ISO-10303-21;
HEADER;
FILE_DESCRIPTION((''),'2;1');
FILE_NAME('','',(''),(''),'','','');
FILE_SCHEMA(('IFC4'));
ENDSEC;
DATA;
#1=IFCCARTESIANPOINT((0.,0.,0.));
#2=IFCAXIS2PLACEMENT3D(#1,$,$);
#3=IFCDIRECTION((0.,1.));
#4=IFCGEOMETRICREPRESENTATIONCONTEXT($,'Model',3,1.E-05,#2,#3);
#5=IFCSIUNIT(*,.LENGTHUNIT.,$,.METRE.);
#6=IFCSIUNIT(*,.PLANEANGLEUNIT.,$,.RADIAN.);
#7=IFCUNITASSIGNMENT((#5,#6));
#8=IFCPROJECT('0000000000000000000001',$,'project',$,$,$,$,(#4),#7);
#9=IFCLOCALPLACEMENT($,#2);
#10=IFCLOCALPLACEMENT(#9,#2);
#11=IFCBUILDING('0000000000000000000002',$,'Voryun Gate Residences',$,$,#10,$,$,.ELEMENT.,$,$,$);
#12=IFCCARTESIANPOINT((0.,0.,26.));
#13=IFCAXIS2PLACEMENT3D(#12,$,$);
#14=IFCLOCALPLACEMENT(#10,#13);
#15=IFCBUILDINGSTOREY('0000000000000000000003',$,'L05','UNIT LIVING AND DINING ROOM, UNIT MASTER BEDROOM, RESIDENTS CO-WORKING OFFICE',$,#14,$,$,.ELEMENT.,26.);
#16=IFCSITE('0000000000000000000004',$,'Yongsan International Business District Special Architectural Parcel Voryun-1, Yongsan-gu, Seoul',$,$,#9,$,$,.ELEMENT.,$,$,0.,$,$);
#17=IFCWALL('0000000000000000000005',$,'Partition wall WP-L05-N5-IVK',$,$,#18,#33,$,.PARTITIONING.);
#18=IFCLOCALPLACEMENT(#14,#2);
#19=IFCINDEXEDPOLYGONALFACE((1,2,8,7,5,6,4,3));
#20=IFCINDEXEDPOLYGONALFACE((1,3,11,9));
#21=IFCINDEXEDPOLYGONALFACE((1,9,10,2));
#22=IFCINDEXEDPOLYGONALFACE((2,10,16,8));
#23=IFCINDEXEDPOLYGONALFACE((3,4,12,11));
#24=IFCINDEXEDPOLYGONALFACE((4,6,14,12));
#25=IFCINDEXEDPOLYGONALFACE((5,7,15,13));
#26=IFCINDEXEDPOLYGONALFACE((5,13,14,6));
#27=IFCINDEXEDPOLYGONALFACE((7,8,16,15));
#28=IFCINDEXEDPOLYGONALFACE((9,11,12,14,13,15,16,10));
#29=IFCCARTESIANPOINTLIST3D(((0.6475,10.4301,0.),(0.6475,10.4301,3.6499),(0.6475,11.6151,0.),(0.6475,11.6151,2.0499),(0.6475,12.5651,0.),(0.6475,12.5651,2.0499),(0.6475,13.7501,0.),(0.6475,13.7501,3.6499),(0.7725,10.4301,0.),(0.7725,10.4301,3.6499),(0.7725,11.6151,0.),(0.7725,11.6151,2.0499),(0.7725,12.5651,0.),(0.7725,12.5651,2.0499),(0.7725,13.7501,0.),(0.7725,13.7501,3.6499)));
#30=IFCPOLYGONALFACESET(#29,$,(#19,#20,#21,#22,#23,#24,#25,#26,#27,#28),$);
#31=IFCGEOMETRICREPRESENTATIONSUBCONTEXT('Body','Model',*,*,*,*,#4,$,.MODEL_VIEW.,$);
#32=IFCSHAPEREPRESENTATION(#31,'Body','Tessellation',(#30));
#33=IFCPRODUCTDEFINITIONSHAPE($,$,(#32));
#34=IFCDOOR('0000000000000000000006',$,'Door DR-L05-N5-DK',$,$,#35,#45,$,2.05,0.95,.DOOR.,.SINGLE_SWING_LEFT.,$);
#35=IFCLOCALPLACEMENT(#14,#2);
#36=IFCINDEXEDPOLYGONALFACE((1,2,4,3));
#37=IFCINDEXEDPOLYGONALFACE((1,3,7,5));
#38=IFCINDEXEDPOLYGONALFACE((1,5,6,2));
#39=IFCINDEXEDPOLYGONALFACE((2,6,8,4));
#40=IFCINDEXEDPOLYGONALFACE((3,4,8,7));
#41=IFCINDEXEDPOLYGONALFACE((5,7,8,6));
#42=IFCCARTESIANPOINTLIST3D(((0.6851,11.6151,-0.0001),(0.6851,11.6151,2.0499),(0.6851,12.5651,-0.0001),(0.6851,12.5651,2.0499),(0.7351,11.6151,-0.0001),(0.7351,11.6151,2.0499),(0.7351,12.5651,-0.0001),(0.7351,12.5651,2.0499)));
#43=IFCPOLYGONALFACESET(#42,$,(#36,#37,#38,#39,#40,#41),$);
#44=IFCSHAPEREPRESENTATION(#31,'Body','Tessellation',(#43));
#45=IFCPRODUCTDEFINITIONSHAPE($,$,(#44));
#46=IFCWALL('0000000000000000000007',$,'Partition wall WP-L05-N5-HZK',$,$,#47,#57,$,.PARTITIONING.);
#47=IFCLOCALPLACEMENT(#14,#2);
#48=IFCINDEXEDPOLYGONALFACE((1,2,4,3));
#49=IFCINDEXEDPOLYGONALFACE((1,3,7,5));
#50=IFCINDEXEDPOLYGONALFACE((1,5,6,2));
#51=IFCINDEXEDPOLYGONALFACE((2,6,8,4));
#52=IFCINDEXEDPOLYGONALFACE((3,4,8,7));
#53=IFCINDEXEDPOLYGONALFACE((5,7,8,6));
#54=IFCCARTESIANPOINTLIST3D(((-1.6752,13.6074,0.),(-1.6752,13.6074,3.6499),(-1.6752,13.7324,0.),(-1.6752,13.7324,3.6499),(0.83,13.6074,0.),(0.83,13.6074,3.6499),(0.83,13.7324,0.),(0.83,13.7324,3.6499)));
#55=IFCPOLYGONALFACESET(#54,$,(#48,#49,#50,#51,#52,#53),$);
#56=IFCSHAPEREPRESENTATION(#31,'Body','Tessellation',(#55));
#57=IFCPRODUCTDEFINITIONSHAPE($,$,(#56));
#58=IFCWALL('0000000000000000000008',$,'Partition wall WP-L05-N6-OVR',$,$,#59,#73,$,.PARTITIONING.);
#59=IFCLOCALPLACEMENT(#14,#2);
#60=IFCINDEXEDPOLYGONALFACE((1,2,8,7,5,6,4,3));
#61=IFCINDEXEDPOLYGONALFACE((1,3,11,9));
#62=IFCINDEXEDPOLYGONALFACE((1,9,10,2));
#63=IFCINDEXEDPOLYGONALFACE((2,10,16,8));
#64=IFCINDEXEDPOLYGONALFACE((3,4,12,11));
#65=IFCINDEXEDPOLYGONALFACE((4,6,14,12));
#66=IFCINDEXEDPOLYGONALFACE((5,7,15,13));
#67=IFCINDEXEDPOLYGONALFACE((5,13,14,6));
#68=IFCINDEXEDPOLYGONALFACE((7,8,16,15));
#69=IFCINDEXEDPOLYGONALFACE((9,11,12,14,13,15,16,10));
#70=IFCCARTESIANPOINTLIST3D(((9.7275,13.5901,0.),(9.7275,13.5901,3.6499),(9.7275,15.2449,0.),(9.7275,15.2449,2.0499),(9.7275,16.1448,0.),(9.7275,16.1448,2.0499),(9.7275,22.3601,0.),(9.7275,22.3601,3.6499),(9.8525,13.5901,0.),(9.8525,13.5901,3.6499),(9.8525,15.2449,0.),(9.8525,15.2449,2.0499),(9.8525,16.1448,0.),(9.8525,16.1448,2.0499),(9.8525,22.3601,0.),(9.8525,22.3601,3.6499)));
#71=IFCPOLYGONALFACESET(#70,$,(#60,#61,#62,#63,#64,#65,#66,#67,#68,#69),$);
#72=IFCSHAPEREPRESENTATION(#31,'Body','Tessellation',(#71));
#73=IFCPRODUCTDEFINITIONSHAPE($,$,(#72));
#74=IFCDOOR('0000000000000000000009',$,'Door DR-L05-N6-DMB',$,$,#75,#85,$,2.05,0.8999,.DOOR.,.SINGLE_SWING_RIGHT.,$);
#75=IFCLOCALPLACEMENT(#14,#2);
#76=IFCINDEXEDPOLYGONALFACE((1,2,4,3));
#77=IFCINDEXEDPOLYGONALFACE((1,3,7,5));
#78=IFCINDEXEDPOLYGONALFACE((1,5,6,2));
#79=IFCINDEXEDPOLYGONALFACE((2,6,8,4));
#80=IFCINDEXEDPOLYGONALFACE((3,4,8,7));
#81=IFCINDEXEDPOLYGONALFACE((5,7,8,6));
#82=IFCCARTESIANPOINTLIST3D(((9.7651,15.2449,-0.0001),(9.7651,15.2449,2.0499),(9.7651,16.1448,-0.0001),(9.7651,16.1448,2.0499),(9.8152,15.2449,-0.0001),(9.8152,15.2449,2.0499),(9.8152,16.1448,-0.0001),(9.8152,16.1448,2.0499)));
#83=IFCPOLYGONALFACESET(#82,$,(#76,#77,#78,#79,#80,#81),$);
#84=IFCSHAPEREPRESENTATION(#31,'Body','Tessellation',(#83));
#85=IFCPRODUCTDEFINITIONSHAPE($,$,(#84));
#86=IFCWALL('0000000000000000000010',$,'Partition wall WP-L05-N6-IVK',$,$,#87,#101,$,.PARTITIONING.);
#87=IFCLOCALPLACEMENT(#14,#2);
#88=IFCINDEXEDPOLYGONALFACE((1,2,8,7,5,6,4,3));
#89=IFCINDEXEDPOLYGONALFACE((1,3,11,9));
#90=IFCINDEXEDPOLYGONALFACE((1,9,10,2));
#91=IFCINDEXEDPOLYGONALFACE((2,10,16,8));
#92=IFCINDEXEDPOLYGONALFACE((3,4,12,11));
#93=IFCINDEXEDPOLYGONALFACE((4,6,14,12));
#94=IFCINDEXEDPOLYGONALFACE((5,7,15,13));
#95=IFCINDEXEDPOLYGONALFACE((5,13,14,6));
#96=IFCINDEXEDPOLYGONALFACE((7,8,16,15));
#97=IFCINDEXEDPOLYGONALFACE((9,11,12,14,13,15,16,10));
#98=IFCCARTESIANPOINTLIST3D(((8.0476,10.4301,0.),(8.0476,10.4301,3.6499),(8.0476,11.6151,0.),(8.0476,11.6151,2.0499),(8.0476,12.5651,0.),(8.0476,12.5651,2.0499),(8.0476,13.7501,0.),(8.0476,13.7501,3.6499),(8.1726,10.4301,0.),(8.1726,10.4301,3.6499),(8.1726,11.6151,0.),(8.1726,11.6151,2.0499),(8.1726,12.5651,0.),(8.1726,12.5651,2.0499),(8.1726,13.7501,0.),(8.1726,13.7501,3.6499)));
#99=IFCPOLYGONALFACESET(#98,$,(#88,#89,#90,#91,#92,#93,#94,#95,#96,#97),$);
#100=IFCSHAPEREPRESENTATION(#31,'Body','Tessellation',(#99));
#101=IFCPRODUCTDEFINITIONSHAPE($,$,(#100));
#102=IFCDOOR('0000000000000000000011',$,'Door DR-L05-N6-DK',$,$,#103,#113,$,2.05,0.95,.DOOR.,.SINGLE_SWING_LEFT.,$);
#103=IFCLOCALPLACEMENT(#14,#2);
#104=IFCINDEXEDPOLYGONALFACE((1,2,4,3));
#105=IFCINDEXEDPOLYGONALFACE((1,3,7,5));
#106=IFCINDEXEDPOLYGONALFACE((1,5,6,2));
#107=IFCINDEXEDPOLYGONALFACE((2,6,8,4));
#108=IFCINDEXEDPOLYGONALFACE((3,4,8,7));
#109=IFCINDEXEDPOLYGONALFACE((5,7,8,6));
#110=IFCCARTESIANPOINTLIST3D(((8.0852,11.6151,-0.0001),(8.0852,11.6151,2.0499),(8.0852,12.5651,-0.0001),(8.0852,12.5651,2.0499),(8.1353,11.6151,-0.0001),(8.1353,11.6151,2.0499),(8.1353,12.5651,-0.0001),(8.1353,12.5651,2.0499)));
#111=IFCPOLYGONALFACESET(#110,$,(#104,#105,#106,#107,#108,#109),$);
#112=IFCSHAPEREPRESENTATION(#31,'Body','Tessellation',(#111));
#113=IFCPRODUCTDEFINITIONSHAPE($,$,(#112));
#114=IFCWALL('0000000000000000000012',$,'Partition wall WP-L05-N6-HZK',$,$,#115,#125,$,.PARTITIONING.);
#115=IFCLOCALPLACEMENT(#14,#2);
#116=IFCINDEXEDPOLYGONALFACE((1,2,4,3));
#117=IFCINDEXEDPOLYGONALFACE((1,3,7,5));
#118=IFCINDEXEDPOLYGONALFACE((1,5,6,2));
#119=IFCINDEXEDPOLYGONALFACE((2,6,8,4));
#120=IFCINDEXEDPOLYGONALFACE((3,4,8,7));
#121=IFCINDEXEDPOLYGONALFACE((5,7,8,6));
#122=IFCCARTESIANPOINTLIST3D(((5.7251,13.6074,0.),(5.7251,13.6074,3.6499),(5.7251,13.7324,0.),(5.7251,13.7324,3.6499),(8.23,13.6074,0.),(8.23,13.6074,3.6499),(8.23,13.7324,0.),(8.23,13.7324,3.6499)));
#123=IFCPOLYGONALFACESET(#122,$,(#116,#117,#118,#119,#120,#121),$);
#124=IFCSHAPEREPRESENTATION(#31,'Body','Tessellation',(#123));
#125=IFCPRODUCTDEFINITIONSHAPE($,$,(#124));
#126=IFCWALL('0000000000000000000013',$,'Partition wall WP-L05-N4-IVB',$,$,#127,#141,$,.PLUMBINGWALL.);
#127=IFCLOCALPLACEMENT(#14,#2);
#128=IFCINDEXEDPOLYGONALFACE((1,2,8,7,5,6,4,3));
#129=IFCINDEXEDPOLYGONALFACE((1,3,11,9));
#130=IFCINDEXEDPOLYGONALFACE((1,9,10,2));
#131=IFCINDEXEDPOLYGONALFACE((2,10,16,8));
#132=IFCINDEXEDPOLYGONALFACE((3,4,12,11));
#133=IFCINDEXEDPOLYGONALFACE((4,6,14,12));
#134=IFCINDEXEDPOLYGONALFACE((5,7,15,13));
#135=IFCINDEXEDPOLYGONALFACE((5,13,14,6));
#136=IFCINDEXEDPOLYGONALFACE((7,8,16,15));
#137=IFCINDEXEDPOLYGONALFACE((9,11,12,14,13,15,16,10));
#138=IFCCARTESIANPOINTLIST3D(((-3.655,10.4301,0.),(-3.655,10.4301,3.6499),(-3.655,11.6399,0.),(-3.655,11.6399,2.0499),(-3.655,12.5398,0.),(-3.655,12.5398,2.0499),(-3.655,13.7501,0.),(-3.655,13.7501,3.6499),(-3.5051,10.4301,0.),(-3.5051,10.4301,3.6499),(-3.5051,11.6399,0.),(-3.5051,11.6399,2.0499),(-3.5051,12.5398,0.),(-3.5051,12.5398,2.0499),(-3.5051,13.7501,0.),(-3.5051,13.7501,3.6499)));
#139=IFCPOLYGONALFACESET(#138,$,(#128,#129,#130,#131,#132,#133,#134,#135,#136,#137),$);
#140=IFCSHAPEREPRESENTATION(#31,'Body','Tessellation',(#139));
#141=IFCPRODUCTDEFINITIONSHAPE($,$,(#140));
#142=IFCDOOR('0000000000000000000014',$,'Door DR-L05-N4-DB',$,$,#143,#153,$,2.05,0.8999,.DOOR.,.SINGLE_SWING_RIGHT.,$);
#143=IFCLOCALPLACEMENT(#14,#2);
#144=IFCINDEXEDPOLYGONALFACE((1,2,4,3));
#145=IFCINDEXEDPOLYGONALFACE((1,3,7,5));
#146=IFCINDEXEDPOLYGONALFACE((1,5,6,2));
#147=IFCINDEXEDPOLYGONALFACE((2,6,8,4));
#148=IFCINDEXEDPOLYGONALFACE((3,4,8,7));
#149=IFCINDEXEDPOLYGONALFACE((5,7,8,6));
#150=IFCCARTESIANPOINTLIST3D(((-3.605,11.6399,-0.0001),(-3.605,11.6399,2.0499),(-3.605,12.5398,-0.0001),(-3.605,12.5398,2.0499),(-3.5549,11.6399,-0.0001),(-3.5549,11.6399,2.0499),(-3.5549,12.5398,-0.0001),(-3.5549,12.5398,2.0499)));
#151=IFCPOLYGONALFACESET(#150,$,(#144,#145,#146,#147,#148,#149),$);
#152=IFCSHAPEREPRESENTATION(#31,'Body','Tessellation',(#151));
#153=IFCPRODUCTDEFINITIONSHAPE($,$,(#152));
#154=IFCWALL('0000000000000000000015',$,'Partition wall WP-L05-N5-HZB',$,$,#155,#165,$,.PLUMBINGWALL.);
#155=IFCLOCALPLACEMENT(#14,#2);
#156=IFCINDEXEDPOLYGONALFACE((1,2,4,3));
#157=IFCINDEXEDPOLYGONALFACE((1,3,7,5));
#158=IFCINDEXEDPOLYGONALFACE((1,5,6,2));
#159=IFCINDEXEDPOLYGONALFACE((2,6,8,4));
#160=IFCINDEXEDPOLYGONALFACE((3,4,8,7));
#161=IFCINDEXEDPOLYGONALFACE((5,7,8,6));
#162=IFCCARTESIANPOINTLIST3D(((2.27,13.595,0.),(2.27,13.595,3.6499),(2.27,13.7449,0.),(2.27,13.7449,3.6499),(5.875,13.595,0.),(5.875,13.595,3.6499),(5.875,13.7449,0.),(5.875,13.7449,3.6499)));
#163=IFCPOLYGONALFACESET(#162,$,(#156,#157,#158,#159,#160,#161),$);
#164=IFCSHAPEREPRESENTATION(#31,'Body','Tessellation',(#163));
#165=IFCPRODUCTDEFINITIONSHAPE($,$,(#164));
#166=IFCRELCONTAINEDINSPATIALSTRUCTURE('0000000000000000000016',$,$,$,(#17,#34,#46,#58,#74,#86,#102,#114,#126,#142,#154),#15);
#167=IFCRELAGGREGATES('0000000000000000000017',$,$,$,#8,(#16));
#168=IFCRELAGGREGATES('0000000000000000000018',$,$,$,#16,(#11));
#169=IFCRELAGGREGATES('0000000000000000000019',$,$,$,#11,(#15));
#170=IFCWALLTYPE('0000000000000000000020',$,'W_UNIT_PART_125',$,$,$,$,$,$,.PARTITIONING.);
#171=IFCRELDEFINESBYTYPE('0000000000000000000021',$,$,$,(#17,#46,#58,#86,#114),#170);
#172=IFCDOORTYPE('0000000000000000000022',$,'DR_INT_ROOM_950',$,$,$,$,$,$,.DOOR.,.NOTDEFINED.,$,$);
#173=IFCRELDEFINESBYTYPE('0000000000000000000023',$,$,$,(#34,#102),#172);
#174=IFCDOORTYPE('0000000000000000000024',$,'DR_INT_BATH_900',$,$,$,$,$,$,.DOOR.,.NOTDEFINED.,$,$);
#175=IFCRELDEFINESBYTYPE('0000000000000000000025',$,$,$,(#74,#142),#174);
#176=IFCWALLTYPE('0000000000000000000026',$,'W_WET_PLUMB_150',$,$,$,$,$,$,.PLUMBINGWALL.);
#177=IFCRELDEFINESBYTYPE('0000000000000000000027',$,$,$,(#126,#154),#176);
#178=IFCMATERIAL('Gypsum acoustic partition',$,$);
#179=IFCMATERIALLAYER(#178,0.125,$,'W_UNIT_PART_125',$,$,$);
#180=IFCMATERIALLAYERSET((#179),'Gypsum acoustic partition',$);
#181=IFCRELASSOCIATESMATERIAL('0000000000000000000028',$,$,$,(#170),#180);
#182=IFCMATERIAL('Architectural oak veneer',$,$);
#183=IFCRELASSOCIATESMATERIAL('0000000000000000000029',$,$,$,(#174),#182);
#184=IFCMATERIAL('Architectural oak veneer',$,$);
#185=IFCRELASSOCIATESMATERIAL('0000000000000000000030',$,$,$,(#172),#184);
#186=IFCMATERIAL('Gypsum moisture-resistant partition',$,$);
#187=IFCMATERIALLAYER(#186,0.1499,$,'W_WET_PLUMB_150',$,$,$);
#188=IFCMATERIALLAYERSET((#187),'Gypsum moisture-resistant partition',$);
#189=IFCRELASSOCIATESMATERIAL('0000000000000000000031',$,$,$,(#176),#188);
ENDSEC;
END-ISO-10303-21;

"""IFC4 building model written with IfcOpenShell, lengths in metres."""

from ifc_helpers import new_model, si_unit, direction, frame, frame_2d, origin, place, context, subcontext, project, spatial, rectangle, extrude, material, layer, layer_set, type_object, element, fill, save


model = new_model("IFC4")

# Units and contexts
model_context = context("Model", 3, precision=1e-05, world=origin(), true_north=direction((0.0, 1.0)))
body_context = subcontext(model_context, "Body", "Model", "MODEL_VIEW")
ifc_project = project(units=[si_unit("LENGTHUNIT", "METRE"), si_unit("PLANEANGLEUNIT", "RADIAN")], contexts=[model_context])

# Site, building, storey
site_placement = place(None, origin())
site = spatial("IfcSite", under=ifc_project, at=site_placement, Name="Yongsan International Business District Special Architectural Parcel Voryun-1, Yongsan-gu, Seoul", CompositionType="ELEMENT", RefElevation=0.0)
building_placement = place(site_placement, origin())
building = spatial("IfcBuilding", under=site, at=building_placement, Name="Voryun Gate Residences", CompositionType="ELEMENT")
storey_placement = place(building_placement, frame((0.0, 0.0, 26.0)))
storey = spatial("IfcBuildingStorey", under=building, at=storey_placement, Name="L05", Description="UNIT LIVING AND DINING ROOM, UNIT MASTER BEDROOM, RESIDENTS CO-WORKING OFFICE", CompositionType="ELEMENT", Elevation=26.0)

# Wall, opening, door
ifc_material_1 = material(Name="Gypsum acoustic partition")
ifc_layer_1 = layer(ifc_material_1, 0.125, Name="W_UNIT_PART_125")
ifc_layer_set_1 = layer_set([ifc_layer_1], Name="Gypsum acoustic partition")
wall_type_1 = type_object("IfcWallType", Name="W_UNIT_PART_125", PredefinedType="PARTITIONING", material=ifc_layer_set_1)
ifc_material_2 = material(Name="Architectural oak veneer")
door_type_1 = type_object("IfcDoorType", Name="DR_INT_BATH_900", OperationType="NOTDEFINED", PredefinedType="DOOR", material=ifc_material_2)
wall_1_placement = place(storey_placement, frame((0.71, 10.4299, 0.0), z_axis=(0.0, 0.0, 1.0), x_axis=(0.0, 1.0, 0.0)))
wall_1 = element("IfcWall", 1, at=wall_1_placement, inside=storey, type_object=wall_type_1, Name="Partition wall WP-L05-N5-IVK", PredefinedType="PARTITIONING", context=body_context, shape_type="SweptSolid", body=[
    extrude(rectangle(XDim=3.3201, YDim=0.125, at=frame_2d((1.6602, 0.0))), origin(), (0.0, 0.0, 1.0), 3.6499),
])
opening_1_placement = place(wall_1_placement, frame((1.1851, 0.0, 0.0)))
opening_1 = element("IfcOpeningElement", 2, at=opening_1_placement, cuts=wall_1, PredefinedType="OPENING", context=body_context, shape_type="SweptSolid", body=[
    extrude(rectangle(XDim=0.95, YDim=2.05, at=frame_2d((0.4751, 1.0249))), frame((0.0, 0.0725, 0.0), z_axis=(0.0, -1.0, 0.0), x_axis=(1.0, 0.0, 0.0)), (0.0, 0.0, 1.0), 0.145),
])
ifc_material_3 = material(Name="Architectural oak veneer")
door_type_2 = type_object("IfcDoorType", Name="DR_INT_ROOM_950", OperationType="NOTDEFINED", PredefinedType="DOOR", material=ifc_material_3)
door_1_placement = place(opening_1_placement, origin())
door_1 = element("IfcDoor", 3, at=door_1_placement, inside=storey, type_object=door_type_2, Name="Door DR-L05-N5-DK", OperationType="SINGLE_SWING_LEFT", OverallHeight=2.05, OverallWidth=0.95, PredefinedType="DOOR", context=body_context, shape_type="SweptSolid", body=[
    extrude(rectangle(XDim=0.95, YDim=2.05, at=frame_2d((0.4751, 1.0249))), frame((0.0, 0.0249, 0.0), z_axis=(0.0, -1.0, 0.0), x_axis=(1.0, 0.0, 0.0)), (0.0, 0.0, 1.0), 0.05),
])
fill(opening_1, door_1)

# Wall
wall_2_placement = place(storey_placement, frame((-1.675, 13.6699, 0.0), z_axis=(0.0, 0.0, 1.0), x_axis=(1.0, 0.0, 0.0)))
element("IfcWall", 4, at=wall_2_placement, inside=storey, type_object=wall_type_1, Name="Partition wall WP-L05-N5-HZK", PredefinedType="PARTITIONING", context=body_context, shape_type="SweptSolid", body=[
    extrude(rectangle(XDim=2.5051, YDim=0.125, at=frame_2d((1.2524, 0.0))), origin(), (0.0, 0.0, 1.0), 3.6499),
])

# Walls, openings, doors
wall_3_placement = place(storey_placement, frame((9.79, 13.5901, 0.0), z_axis=(0.0, 0.0, 1.0), x_axis=(0.0, 1.0, 0.0)))
wall_3 = element("IfcWall", 5, at=wall_3_placement, inside=storey, type_object=wall_type_1, Name="Partition wall WP-L05-N6-OVR", PredefinedType="PARTITIONING", context=body_context, shape_type="SweptSolid", body=[
    extrude(rectangle(XDim=8.77, YDim=0.125, at=frame_2d((4.385, 0.0))), origin(), (0.0, 0.0, 1.0), 3.6499),
])
opening_2_placement = place(wall_3_placement, frame((1.6548, 0.0, 0.0)))
opening_2 = element("IfcOpeningElement", 6, at=opening_2_placement, cuts=wall_3, PredefinedType="OPENING", context=body_context, shape_type="SweptSolid", body=[
    extrude(rectangle(XDim=0.8999, YDim=2.05, at=frame_2d((0.45, 1.0249))), frame((0.0, 0.0725, 0.0), z_axis=(0.0, -1.0, 0.0), x_axis=(1.0, 0.0, 0.0)), (0.0, 0.0, 1.0), 0.145),
])
door_2_placement = place(opening_2_placement, origin())
door_2 = element("IfcDoor", 7, at=door_2_placement, inside=storey, type_object=door_type_1, Name="Door DR-L05-N6-DMB", OperationType="SINGLE_SWING_RIGHT", OverallHeight=2.05, OverallWidth=0.8999, PredefinedType="DOOR", context=body_context, shape_type="SweptSolid", body=[
    extrude(rectangle(XDim=0.8999, YDim=2.05, at=frame_2d((0.45, 1.0249))), frame((0.0, 0.0249, 0.0), z_axis=(0.0, -1.0, 0.0), x_axis=(1.0, 0.0, 0.0)), (0.0, 0.0, 1.0), 0.05),
])
fill(opening_2, door_2)
wall_4_placement = place(storey_placement, frame((8.1101, 10.4299, 0.0), z_axis=(0.0, 0.0, 1.0), x_axis=(0.0, 1.0, 0.0)))
wall_4 = element("IfcWall", 8, at=wall_4_placement, inside=storey, type_object=wall_type_1, Name="Partition wall WP-L05-N6-IVK", PredefinedType="PARTITIONING", context=body_context, shape_type="SweptSolid", body=[
    extrude(rectangle(XDim=3.3201, YDim=0.125, at=frame_2d((1.6602, 0.0))), origin(), (0.0, 0.0, 1.0), 3.6499),
])
opening_3_placement = place(wall_4_placement, frame((1.1851, 0.0, 0.0)))
opening_3 = element("IfcOpeningElement", 9, at=opening_3_placement, cuts=wall_4, PredefinedType="OPENING", context=body_context, shape_type="SweptSolid", body=[
    extrude(rectangle(XDim=0.95, YDim=2.05, at=frame_2d((0.4751, 1.0249))), frame((0.0, 0.0725, 0.0), z_axis=(0.0, -1.0, 0.0), x_axis=(1.0, 0.0, 0.0)), (0.0, 0.0, 1.0), 0.145),
])
door_3_placement = place(opening_3_placement, origin())
door_3 = element("IfcDoor", 10, at=door_3_placement, inside=storey, type_object=door_type_2, Name="Door DR-L05-N6-DK", OperationType="SINGLE_SWING_LEFT", OverallHeight=2.05, OverallWidth=0.95, PredefinedType="DOOR", context=body_context, shape_type="SweptSolid", body=[
    extrude(rectangle(XDim=0.95, YDim=2.05, at=frame_2d((0.4751, 1.0249))), frame((0.0, 0.0249, 0.0), z_axis=(0.0, -1.0, 0.0), x_axis=(1.0, 0.0, 0.0)), (0.0, 0.0, 1.0), 0.05),
])
fill(opening_3, door_3)

# Wall
wall_5_placement = place(storey_placement, frame((5.7251, 13.6699, 0.0), z_axis=(0.0, 0.0, 1.0), x_axis=(1.0, 0.0, 0.0)))
element("IfcWall", 11, at=wall_5_placement, inside=storey, type_object=wall_type_1, Name="Partition wall WP-L05-N6-HZK", PredefinedType="PARTITIONING", context=body_context, shape_type="SweptSolid", body=[
    extrude(rectangle(XDim=2.5049, YDim=0.125, at=frame_2d((1.2524, 0.0))), origin(), (0.0, 0.0, 1.0), 3.6499),
])

# Wall, opening, door
ifc_material_4 = material(Name="Gypsum moisture-resistant partition")
ifc_layer_2 = layer(ifc_material_4, 0.1499, Name="W_WET_PLUMB_150")
ifc_layer_set_2 = layer_set([ifc_layer_2], Name="Gypsum moisture-resistant partition")
wall_type_2 = type_object("IfcWallType", Name="W_WET_PLUMB_150", PredefinedType="PLUMBINGWALL", material=ifc_layer_set_2)
wall_6_placement = place(storey_placement, frame((-3.5801, 10.4299, 0.0), z_axis=(0.0, 0.0, 1.0), x_axis=(0.0, 1.0, 0.0)))
wall_6 = element("IfcWall", 12, at=wall_6_placement, inside=storey, type_object=wall_type_2, Name="Partition wall WP-L05-N4-IVB", PredefinedType="PLUMBINGWALL", context=body_context, shape_type="SweptSolid", body=[
    extrude(rectangle(XDim=3.3201, YDim=0.1499, at=frame_2d((1.6602, 0.0))), origin(), (0.0, 0.0, 1.0), 3.6499),
])
opening_4_placement = place(wall_6_placement, frame((1.21, 0.0, 0.0)))
opening_4 = element("IfcOpeningElement", 13, at=opening_4_placement, cuts=wall_6, PredefinedType="OPENING", context=body_context, shape_type="SweptSolid", body=[
    extrude(rectangle(XDim=0.8999, YDim=2.05, at=frame_2d((0.45, 1.0249))), frame((0.0, 0.085, 0.0), z_axis=(0.0, -1.0, 0.0), x_axis=(1.0, 0.0, 0.0)), (0.0, 0.0, 1.0), 0.1699),
])
door_4_placement = place(opening_4_placement, origin())
door_4 = element("IfcDoor", 14, at=door_4_placement, inside=storey, type_object=door_type_1, Name="Door DR-L05-N4-DB", OperationType="SINGLE_SWING_RIGHT", OverallHeight=2.05, OverallWidth=0.8999, PredefinedType="DOOR", context=body_context, shape_type="SweptSolid", body=[
    extrude(rectangle(XDim=0.8999, YDim=2.05, at=frame_2d((0.45, 1.0249))), frame((0.0, 0.0249, 0.0), z_axis=(0.0, -1.0, 0.0), x_axis=(1.0, 0.0, 0.0)), (0.0, 0.0, 1.0), 0.05),
])
fill(opening_4, door_4)

# Wall
wall_7_placement = place(storey_placement, frame((2.27, 13.6699, 0.0), z_axis=(0.0, 0.0, 1.0), x_axis=(1.0, 0.0, 0.0)))
element("IfcWall", 15, at=wall_7_placement, inside=storey, type_object=wall_type_2, Name="Partition wall WP-L05-N5-HZB", PredefinedType="PLUMBINGWALL", context=body_context, shape_type="SweptSolid", body=[
    extrude(rectangle(XDim=3.605, YDim=0.1499, at=frame_2d((1.8025, 0.0))), origin(), (0.0, 0.0, 1.0), 3.6499),
])

save(model, "model.ifc")
